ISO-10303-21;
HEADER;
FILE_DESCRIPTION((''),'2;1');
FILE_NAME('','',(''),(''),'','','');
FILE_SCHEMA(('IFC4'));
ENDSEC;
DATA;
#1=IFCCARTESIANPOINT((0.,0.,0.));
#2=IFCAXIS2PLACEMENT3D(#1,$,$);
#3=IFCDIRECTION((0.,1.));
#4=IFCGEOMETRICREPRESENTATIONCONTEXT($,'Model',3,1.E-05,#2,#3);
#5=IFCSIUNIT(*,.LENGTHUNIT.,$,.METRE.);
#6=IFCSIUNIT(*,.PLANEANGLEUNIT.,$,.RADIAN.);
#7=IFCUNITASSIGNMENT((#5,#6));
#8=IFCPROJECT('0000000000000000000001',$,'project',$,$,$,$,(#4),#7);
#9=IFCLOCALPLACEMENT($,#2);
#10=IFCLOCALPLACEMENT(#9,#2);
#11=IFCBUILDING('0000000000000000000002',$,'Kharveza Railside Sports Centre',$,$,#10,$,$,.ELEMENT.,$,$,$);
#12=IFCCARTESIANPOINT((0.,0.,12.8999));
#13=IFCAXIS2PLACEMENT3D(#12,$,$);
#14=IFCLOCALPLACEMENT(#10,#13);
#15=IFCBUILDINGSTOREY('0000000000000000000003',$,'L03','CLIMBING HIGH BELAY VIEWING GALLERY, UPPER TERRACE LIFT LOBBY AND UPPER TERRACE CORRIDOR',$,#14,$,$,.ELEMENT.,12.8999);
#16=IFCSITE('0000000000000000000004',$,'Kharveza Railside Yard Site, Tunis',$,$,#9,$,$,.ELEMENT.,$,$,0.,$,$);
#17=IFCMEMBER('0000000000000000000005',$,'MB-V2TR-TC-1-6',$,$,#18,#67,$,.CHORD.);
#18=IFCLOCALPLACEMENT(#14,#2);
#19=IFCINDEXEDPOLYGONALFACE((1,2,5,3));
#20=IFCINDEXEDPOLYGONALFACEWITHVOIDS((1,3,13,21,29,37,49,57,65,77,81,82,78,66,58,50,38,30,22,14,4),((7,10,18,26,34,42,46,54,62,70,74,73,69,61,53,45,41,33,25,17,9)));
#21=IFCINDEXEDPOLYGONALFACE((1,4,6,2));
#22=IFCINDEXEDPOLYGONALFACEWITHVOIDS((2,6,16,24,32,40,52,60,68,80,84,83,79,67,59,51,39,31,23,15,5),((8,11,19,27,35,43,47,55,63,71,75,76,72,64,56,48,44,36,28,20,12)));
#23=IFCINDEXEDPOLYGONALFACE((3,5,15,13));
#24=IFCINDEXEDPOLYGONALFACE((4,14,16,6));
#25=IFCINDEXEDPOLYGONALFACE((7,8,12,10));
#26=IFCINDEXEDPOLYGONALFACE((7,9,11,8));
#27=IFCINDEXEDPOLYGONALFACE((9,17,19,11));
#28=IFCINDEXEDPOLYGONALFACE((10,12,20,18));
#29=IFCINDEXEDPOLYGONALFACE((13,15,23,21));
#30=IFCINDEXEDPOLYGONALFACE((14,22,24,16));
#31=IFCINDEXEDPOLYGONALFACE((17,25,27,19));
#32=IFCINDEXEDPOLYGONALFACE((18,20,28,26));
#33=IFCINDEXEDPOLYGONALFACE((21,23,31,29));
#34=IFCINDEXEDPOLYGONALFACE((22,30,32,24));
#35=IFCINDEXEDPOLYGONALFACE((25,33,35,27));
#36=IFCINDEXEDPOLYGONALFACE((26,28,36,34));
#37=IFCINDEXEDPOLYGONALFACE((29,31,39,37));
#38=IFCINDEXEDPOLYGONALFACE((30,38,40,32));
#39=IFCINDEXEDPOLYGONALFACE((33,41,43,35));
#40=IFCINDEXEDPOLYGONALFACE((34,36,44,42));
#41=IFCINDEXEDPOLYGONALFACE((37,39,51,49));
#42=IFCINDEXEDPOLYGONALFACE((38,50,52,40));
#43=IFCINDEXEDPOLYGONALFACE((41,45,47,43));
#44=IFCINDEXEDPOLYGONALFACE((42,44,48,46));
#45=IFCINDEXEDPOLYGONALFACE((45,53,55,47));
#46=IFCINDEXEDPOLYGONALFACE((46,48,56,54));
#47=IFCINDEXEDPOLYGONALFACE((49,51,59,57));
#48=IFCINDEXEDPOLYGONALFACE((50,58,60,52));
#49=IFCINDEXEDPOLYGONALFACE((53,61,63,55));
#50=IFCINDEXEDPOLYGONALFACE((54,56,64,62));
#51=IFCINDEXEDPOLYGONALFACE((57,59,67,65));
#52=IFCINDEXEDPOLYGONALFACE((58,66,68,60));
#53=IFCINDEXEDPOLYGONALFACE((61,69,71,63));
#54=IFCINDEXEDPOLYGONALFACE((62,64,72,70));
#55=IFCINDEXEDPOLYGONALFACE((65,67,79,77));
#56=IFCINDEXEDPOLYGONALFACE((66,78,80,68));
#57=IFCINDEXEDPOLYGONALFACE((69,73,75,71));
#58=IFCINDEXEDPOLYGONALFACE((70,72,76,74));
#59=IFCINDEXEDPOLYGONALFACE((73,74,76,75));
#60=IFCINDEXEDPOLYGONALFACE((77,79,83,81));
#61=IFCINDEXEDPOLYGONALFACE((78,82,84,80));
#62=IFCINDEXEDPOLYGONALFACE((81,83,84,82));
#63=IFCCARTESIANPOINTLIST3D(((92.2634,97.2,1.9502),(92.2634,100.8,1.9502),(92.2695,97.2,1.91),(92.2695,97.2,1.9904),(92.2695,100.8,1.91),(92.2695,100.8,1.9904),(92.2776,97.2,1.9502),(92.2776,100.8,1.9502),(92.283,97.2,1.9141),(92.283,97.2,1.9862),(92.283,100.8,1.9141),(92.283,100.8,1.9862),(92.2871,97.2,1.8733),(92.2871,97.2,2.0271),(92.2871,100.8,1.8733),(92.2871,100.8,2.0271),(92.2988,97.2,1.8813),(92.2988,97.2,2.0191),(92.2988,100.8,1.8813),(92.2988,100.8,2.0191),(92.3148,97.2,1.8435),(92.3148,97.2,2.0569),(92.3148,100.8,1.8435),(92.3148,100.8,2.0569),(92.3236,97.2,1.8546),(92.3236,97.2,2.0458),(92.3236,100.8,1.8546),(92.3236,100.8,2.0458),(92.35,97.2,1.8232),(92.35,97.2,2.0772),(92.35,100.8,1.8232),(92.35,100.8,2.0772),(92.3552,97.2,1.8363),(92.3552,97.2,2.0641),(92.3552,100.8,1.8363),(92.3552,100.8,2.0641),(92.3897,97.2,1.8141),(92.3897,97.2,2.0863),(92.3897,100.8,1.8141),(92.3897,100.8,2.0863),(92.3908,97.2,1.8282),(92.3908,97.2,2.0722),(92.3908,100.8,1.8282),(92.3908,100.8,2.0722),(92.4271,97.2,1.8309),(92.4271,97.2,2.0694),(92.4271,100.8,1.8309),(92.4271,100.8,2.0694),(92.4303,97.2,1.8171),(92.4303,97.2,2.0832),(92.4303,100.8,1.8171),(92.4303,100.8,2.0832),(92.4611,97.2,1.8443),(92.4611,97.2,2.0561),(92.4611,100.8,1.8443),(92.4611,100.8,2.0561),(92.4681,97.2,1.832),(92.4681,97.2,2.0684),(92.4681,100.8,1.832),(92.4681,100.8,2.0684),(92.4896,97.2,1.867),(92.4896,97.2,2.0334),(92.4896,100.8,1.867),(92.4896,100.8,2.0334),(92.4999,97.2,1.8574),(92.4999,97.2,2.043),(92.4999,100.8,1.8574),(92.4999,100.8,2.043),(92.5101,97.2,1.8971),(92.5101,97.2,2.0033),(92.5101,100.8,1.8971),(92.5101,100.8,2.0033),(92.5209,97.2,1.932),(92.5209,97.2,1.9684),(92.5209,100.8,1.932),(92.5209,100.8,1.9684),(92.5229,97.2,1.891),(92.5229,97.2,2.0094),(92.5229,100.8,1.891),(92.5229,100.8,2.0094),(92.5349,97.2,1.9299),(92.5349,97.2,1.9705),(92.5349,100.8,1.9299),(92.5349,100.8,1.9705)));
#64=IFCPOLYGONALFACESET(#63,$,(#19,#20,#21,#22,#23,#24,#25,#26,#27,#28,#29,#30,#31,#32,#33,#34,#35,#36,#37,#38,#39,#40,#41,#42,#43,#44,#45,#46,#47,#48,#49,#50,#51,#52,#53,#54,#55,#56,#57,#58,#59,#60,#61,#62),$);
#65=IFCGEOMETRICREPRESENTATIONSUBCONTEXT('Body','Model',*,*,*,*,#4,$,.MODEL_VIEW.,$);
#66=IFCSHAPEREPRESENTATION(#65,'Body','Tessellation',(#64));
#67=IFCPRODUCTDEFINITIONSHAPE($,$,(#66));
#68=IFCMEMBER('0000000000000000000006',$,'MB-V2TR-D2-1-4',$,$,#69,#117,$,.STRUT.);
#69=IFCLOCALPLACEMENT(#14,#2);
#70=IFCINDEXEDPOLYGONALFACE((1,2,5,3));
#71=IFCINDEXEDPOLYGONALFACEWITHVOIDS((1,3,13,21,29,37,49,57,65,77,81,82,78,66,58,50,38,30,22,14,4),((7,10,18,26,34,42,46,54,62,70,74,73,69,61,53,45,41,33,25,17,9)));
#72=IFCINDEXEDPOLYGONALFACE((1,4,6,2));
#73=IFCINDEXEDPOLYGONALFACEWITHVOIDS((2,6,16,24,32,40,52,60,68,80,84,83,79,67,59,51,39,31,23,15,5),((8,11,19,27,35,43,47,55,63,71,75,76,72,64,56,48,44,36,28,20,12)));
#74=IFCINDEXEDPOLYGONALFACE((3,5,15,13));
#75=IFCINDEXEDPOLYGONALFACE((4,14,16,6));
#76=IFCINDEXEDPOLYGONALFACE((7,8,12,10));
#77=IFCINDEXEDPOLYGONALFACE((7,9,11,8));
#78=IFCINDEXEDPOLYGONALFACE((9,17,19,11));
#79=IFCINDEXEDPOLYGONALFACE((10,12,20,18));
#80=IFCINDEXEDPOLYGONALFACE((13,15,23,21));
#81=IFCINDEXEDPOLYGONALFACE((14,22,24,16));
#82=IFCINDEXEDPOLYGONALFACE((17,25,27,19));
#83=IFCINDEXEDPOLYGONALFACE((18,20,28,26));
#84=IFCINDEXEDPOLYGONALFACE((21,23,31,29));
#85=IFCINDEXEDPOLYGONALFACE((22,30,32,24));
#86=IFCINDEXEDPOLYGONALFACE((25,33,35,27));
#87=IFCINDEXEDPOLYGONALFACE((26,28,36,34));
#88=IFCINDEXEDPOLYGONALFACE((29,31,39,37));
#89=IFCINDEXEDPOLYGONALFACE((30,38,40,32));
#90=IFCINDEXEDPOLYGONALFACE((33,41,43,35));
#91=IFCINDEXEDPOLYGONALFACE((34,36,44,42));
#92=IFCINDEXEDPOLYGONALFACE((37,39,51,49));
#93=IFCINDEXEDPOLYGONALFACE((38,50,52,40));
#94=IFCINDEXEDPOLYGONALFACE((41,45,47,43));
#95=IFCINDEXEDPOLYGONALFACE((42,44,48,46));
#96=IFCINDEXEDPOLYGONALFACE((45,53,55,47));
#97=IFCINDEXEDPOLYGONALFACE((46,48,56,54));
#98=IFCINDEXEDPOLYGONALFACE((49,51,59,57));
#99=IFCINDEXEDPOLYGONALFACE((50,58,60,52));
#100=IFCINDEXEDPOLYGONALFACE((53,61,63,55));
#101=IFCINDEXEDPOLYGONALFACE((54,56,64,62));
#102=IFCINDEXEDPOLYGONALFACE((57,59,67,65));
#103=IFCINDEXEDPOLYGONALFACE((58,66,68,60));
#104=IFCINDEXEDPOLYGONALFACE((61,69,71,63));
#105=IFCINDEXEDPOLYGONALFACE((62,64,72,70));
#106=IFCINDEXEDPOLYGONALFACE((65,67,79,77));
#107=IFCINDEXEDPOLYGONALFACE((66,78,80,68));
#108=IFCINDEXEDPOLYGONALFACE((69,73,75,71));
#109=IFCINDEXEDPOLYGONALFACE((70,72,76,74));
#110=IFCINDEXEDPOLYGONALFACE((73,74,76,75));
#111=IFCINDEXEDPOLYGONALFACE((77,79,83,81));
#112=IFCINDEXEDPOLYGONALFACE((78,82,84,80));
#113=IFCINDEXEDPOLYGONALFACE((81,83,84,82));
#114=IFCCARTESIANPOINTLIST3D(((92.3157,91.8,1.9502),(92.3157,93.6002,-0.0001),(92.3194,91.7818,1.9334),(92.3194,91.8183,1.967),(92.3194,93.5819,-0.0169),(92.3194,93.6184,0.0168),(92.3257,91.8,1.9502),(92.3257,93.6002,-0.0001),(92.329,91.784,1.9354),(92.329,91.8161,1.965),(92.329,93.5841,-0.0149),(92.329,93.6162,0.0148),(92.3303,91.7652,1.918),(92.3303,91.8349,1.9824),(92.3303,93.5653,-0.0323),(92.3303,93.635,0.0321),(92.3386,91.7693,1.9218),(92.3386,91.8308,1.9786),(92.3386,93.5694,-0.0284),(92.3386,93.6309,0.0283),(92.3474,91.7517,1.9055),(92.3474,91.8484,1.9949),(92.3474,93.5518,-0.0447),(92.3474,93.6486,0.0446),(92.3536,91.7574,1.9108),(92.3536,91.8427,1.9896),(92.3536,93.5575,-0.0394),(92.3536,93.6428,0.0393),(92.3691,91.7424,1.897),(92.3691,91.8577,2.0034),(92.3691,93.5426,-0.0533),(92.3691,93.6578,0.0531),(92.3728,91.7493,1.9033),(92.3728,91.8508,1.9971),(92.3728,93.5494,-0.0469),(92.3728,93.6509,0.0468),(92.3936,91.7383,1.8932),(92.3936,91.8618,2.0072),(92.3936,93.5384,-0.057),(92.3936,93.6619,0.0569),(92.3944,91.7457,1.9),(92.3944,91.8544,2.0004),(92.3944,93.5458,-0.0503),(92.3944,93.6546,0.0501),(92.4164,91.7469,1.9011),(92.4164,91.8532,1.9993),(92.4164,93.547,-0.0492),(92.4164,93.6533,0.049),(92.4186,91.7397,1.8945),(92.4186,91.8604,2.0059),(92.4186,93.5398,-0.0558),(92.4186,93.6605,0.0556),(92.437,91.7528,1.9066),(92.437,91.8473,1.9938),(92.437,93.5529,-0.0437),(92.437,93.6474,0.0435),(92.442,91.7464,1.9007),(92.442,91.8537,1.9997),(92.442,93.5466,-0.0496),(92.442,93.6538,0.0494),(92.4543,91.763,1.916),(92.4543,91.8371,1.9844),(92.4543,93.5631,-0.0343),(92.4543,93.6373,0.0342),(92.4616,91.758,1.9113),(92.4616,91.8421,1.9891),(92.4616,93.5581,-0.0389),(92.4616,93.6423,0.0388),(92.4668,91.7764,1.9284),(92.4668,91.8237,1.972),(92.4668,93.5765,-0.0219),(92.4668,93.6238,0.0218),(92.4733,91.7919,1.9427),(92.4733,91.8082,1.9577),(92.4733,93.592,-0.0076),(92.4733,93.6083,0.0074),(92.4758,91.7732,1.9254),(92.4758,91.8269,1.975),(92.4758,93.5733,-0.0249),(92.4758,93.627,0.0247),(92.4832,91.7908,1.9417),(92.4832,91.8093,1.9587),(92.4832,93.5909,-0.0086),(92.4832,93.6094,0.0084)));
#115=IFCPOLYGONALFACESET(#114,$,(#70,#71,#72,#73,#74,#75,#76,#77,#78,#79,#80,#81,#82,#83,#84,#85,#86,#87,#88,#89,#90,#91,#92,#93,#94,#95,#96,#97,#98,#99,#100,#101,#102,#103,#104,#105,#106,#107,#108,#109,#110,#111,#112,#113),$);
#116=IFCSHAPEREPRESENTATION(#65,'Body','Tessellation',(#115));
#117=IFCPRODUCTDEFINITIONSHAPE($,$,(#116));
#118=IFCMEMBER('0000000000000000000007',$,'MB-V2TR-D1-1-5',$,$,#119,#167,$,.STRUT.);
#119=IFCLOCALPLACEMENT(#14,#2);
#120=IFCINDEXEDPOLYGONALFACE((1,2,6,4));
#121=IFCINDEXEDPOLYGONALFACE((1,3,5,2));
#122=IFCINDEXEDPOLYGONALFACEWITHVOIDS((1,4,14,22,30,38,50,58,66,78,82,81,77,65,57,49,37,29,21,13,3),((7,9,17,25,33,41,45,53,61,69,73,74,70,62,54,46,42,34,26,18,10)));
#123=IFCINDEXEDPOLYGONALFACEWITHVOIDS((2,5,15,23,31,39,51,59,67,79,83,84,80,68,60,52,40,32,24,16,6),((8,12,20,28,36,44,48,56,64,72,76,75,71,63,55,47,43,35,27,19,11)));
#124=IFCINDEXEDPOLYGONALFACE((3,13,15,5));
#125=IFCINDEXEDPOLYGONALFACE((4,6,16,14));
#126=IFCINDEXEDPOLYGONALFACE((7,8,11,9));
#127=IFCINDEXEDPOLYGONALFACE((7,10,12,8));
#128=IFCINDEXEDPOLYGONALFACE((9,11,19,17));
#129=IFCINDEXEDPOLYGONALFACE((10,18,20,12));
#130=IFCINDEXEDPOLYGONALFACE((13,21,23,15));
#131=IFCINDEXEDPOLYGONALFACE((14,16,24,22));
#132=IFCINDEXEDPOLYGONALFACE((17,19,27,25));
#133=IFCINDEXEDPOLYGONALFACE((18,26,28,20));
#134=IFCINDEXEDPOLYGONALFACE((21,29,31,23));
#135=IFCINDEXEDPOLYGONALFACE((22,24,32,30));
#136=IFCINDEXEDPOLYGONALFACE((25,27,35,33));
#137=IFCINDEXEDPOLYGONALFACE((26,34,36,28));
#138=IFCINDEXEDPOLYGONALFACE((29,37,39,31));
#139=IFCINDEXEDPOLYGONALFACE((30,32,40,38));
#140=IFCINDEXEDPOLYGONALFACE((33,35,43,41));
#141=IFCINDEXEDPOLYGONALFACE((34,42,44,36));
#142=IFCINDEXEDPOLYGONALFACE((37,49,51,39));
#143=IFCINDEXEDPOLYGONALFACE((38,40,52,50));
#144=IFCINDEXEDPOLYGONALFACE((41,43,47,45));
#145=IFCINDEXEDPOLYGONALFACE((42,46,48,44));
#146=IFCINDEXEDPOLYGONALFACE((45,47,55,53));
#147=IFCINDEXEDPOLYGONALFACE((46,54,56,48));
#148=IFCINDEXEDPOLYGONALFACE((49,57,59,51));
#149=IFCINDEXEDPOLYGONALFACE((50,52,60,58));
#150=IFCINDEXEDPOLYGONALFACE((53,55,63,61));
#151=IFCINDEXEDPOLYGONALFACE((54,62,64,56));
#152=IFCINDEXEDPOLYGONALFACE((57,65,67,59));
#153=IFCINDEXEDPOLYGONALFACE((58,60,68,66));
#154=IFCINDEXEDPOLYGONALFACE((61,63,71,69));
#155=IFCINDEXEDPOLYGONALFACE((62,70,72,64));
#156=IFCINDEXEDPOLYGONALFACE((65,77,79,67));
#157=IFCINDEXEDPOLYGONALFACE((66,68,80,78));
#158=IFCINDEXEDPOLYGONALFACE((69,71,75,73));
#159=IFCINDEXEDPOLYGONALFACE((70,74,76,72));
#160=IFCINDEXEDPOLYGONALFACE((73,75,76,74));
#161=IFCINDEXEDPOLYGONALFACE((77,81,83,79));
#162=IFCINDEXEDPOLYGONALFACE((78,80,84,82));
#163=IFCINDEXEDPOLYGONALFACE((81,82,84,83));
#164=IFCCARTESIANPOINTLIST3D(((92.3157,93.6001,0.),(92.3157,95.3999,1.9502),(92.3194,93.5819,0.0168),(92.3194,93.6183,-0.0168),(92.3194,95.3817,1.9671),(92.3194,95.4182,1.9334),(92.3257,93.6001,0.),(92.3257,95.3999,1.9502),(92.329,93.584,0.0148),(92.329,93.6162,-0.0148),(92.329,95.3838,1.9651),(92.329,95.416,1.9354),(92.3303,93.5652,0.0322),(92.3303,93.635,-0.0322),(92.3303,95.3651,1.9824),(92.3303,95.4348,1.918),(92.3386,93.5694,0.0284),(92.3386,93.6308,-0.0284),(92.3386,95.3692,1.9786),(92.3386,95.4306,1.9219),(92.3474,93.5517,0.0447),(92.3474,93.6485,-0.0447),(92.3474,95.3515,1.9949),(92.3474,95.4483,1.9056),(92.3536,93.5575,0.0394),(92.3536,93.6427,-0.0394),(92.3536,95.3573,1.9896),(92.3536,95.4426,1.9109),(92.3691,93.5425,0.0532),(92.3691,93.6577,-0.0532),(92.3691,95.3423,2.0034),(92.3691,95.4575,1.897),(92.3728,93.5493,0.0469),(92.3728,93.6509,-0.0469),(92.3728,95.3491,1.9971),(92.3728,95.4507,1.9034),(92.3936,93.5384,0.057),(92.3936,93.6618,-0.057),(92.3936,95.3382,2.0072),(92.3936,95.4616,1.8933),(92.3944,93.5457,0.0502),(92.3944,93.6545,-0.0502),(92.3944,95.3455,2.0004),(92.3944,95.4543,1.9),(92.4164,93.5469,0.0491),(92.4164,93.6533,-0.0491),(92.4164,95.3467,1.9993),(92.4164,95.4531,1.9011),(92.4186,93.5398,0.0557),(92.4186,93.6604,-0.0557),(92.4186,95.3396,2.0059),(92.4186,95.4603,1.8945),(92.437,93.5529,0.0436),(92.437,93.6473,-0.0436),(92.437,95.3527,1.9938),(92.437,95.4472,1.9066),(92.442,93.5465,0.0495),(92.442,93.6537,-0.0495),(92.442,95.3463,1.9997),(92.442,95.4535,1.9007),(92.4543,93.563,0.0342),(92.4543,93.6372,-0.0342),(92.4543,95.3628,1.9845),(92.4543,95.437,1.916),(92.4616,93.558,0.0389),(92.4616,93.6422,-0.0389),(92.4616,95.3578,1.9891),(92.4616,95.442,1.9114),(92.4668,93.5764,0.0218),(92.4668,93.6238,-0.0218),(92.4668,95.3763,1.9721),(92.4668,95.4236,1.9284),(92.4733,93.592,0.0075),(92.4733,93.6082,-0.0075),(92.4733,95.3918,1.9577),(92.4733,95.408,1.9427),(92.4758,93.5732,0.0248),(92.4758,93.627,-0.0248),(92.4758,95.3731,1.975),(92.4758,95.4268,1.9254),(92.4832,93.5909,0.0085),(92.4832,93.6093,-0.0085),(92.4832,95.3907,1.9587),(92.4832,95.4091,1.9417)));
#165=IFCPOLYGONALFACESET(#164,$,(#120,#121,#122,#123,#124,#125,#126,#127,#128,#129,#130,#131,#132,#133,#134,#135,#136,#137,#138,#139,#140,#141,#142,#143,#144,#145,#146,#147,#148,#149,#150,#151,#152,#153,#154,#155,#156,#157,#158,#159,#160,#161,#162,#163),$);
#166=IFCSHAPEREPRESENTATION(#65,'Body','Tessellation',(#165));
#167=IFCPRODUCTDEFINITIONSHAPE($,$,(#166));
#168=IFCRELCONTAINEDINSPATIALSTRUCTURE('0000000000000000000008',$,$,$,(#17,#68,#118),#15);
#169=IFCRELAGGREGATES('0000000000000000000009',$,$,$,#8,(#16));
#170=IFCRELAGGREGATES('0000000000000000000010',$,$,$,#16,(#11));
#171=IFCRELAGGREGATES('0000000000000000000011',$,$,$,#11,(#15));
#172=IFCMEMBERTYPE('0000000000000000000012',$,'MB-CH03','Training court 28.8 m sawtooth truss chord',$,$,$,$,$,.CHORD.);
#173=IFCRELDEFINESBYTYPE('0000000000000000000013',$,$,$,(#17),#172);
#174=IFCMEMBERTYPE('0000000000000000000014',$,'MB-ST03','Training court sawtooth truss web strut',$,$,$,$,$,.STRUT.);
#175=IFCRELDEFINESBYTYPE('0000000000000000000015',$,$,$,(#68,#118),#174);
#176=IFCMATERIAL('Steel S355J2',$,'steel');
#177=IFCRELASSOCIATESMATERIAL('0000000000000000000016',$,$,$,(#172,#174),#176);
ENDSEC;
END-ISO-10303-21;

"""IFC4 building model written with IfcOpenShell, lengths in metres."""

from ifc_helpers import new_model, si_unit, direction, frame, origin, origin_2d, place, context, subcontext, project, spatial, hollow_circle, extrude, material, material_profile, profile_set, type_object, element, save


model = new_model("IFC4")

# Units and contexts
model_context = context("Model", 3, precision=1e-05, world=origin(), true_north=direction((0.0, 1.0)))
body_context = subcontext(model_context, "Body", "Model", "MODEL_VIEW")
ifc_project = project(units=[si_unit("LENGTHUNIT", "METRE"), si_unit("PLANEANGLEUNIT", "RADIAN")], contexts=[model_context])

# Site, building, storey
site_placement = place(None, origin())
site = spatial("IfcSite", under=ifc_project, at=site_placement, Name="Kharveza Railside Yard Site, Tunis", CompositionType="ELEMENT", RefElevation=0.0)
building_placement = place(site_placement, origin())
building = spatial("IfcBuilding", under=site, at=building_placement, Name="Kharveza Railside Sports Centre", CompositionType="ELEMENT")
storey_placement = place(building_placement, frame((0.0, 0.0, 12.8999)))
storey = spatial("IfcBuildingStorey", under=building, at=storey_placement, Name="L03", Description="CLIMBING HIGH BELAY VIEWING GALLERY, UPPER TERRACE LIFT LOBBY AND UPPER TERRACE CORRIDOR", CompositionType="ELEMENT", Elevation=12.8999)

# Shared definitions
ifc_material_1 = material(Name="Steel S355J2", Category="steel")

# Members
ifc_material_profile_1 = material_profile(ifc_material_1, hollow_circle(Radius=0.1365, WallThickness=0.0142, at=origin_2d()), Name="CHS 273.0x14.2")
ifc_profile_set_1 = profile_set([ifc_material_profile_1], Name="Steel S355J2")
member_type_1 = type_object("IfcMemberType", Name="MB-CH03", Description="Training court 28.8 m sawtooth truss chord", PredefinedType="CHORD", material=ifc_profile_set_1)
for number, where, z_axis, x_axis, name in (
    (1, (92.3999, 97.2, 1.9502), (0.0, 1.0, 0.0), (-1.0, 0.0, 0.0), "MB-V2TR-TC-1-6"),
):
    element("IfcMember", number, at=place(storey_placement, frame(where, z_axis=z_axis, x_axis=x_axis)), inside=storey, type_object=member_type_1, Name=name, PredefinedType="CHORD", context=body_context, shape_type="SweptSolid", body=[
        extrude(hollow_circle(Radius=0.1365, WallThickness=0.0142, at=origin_2d()), origin(), (0.0, 0.0, 1.0), 3.6001),
    ])
ifc_material_profile_2 = material_profile(ifc_material_1, hollow_circle(Radius=0.0842, WallThickness=0.01, at=origin_2d()), Name="CHS 168.3x10.0")
ifc_profile_set_2 = profile_set([ifc_material_profile_2], Name="Steel S355J2")
member_type_2 = type_object("IfcMemberType", Name="MB-ST03", Description="Training court sawtooth truss web strut", PredefinedType="STRUT", material=ifc_profile_set_2)
member_1_placement = place(storey_placement, frame((92.3999, 91.8, 1.9502), z_axis=(0.0, 0.678253, -0.734828), x_axis=(-1.0, 0.0, 0.0)))
element("IfcMember", 2, at=member_1_placement, inside=storey, type_object=member_type_2, Name="MB-V2TR-D2-1-4", PredefinedType="STRUT", context=body_context, shape_type="SweptSolid", body=[
    extrude(hollow_circle(Radius=0.0842, WallThickness=0.01, at=origin_2d()), origin(), (0.0, 0.0, 1.0), 2.6541),
])
member_2_placement = place(storey_placement, frame((92.3999, 93.6001, 0.0), z_axis=(0.0, 0.678204, 0.734874), x_axis=(-1.0, 0.0, 0.0)))
element("IfcMember", 3, at=member_2_placement, inside=storey, type_object=member_type_2, Name="MB-V2TR-D1-1-5", PredefinedType="STRUT", context=body_context, shape_type="SweptSolid", body=[
    extrude(hollow_circle(Radius=0.0842, WallThickness=0.01, at=origin_2d()), origin(), (0.0, 0.0, 1.0), 2.6538),
])

save(model, "model.ifc")
